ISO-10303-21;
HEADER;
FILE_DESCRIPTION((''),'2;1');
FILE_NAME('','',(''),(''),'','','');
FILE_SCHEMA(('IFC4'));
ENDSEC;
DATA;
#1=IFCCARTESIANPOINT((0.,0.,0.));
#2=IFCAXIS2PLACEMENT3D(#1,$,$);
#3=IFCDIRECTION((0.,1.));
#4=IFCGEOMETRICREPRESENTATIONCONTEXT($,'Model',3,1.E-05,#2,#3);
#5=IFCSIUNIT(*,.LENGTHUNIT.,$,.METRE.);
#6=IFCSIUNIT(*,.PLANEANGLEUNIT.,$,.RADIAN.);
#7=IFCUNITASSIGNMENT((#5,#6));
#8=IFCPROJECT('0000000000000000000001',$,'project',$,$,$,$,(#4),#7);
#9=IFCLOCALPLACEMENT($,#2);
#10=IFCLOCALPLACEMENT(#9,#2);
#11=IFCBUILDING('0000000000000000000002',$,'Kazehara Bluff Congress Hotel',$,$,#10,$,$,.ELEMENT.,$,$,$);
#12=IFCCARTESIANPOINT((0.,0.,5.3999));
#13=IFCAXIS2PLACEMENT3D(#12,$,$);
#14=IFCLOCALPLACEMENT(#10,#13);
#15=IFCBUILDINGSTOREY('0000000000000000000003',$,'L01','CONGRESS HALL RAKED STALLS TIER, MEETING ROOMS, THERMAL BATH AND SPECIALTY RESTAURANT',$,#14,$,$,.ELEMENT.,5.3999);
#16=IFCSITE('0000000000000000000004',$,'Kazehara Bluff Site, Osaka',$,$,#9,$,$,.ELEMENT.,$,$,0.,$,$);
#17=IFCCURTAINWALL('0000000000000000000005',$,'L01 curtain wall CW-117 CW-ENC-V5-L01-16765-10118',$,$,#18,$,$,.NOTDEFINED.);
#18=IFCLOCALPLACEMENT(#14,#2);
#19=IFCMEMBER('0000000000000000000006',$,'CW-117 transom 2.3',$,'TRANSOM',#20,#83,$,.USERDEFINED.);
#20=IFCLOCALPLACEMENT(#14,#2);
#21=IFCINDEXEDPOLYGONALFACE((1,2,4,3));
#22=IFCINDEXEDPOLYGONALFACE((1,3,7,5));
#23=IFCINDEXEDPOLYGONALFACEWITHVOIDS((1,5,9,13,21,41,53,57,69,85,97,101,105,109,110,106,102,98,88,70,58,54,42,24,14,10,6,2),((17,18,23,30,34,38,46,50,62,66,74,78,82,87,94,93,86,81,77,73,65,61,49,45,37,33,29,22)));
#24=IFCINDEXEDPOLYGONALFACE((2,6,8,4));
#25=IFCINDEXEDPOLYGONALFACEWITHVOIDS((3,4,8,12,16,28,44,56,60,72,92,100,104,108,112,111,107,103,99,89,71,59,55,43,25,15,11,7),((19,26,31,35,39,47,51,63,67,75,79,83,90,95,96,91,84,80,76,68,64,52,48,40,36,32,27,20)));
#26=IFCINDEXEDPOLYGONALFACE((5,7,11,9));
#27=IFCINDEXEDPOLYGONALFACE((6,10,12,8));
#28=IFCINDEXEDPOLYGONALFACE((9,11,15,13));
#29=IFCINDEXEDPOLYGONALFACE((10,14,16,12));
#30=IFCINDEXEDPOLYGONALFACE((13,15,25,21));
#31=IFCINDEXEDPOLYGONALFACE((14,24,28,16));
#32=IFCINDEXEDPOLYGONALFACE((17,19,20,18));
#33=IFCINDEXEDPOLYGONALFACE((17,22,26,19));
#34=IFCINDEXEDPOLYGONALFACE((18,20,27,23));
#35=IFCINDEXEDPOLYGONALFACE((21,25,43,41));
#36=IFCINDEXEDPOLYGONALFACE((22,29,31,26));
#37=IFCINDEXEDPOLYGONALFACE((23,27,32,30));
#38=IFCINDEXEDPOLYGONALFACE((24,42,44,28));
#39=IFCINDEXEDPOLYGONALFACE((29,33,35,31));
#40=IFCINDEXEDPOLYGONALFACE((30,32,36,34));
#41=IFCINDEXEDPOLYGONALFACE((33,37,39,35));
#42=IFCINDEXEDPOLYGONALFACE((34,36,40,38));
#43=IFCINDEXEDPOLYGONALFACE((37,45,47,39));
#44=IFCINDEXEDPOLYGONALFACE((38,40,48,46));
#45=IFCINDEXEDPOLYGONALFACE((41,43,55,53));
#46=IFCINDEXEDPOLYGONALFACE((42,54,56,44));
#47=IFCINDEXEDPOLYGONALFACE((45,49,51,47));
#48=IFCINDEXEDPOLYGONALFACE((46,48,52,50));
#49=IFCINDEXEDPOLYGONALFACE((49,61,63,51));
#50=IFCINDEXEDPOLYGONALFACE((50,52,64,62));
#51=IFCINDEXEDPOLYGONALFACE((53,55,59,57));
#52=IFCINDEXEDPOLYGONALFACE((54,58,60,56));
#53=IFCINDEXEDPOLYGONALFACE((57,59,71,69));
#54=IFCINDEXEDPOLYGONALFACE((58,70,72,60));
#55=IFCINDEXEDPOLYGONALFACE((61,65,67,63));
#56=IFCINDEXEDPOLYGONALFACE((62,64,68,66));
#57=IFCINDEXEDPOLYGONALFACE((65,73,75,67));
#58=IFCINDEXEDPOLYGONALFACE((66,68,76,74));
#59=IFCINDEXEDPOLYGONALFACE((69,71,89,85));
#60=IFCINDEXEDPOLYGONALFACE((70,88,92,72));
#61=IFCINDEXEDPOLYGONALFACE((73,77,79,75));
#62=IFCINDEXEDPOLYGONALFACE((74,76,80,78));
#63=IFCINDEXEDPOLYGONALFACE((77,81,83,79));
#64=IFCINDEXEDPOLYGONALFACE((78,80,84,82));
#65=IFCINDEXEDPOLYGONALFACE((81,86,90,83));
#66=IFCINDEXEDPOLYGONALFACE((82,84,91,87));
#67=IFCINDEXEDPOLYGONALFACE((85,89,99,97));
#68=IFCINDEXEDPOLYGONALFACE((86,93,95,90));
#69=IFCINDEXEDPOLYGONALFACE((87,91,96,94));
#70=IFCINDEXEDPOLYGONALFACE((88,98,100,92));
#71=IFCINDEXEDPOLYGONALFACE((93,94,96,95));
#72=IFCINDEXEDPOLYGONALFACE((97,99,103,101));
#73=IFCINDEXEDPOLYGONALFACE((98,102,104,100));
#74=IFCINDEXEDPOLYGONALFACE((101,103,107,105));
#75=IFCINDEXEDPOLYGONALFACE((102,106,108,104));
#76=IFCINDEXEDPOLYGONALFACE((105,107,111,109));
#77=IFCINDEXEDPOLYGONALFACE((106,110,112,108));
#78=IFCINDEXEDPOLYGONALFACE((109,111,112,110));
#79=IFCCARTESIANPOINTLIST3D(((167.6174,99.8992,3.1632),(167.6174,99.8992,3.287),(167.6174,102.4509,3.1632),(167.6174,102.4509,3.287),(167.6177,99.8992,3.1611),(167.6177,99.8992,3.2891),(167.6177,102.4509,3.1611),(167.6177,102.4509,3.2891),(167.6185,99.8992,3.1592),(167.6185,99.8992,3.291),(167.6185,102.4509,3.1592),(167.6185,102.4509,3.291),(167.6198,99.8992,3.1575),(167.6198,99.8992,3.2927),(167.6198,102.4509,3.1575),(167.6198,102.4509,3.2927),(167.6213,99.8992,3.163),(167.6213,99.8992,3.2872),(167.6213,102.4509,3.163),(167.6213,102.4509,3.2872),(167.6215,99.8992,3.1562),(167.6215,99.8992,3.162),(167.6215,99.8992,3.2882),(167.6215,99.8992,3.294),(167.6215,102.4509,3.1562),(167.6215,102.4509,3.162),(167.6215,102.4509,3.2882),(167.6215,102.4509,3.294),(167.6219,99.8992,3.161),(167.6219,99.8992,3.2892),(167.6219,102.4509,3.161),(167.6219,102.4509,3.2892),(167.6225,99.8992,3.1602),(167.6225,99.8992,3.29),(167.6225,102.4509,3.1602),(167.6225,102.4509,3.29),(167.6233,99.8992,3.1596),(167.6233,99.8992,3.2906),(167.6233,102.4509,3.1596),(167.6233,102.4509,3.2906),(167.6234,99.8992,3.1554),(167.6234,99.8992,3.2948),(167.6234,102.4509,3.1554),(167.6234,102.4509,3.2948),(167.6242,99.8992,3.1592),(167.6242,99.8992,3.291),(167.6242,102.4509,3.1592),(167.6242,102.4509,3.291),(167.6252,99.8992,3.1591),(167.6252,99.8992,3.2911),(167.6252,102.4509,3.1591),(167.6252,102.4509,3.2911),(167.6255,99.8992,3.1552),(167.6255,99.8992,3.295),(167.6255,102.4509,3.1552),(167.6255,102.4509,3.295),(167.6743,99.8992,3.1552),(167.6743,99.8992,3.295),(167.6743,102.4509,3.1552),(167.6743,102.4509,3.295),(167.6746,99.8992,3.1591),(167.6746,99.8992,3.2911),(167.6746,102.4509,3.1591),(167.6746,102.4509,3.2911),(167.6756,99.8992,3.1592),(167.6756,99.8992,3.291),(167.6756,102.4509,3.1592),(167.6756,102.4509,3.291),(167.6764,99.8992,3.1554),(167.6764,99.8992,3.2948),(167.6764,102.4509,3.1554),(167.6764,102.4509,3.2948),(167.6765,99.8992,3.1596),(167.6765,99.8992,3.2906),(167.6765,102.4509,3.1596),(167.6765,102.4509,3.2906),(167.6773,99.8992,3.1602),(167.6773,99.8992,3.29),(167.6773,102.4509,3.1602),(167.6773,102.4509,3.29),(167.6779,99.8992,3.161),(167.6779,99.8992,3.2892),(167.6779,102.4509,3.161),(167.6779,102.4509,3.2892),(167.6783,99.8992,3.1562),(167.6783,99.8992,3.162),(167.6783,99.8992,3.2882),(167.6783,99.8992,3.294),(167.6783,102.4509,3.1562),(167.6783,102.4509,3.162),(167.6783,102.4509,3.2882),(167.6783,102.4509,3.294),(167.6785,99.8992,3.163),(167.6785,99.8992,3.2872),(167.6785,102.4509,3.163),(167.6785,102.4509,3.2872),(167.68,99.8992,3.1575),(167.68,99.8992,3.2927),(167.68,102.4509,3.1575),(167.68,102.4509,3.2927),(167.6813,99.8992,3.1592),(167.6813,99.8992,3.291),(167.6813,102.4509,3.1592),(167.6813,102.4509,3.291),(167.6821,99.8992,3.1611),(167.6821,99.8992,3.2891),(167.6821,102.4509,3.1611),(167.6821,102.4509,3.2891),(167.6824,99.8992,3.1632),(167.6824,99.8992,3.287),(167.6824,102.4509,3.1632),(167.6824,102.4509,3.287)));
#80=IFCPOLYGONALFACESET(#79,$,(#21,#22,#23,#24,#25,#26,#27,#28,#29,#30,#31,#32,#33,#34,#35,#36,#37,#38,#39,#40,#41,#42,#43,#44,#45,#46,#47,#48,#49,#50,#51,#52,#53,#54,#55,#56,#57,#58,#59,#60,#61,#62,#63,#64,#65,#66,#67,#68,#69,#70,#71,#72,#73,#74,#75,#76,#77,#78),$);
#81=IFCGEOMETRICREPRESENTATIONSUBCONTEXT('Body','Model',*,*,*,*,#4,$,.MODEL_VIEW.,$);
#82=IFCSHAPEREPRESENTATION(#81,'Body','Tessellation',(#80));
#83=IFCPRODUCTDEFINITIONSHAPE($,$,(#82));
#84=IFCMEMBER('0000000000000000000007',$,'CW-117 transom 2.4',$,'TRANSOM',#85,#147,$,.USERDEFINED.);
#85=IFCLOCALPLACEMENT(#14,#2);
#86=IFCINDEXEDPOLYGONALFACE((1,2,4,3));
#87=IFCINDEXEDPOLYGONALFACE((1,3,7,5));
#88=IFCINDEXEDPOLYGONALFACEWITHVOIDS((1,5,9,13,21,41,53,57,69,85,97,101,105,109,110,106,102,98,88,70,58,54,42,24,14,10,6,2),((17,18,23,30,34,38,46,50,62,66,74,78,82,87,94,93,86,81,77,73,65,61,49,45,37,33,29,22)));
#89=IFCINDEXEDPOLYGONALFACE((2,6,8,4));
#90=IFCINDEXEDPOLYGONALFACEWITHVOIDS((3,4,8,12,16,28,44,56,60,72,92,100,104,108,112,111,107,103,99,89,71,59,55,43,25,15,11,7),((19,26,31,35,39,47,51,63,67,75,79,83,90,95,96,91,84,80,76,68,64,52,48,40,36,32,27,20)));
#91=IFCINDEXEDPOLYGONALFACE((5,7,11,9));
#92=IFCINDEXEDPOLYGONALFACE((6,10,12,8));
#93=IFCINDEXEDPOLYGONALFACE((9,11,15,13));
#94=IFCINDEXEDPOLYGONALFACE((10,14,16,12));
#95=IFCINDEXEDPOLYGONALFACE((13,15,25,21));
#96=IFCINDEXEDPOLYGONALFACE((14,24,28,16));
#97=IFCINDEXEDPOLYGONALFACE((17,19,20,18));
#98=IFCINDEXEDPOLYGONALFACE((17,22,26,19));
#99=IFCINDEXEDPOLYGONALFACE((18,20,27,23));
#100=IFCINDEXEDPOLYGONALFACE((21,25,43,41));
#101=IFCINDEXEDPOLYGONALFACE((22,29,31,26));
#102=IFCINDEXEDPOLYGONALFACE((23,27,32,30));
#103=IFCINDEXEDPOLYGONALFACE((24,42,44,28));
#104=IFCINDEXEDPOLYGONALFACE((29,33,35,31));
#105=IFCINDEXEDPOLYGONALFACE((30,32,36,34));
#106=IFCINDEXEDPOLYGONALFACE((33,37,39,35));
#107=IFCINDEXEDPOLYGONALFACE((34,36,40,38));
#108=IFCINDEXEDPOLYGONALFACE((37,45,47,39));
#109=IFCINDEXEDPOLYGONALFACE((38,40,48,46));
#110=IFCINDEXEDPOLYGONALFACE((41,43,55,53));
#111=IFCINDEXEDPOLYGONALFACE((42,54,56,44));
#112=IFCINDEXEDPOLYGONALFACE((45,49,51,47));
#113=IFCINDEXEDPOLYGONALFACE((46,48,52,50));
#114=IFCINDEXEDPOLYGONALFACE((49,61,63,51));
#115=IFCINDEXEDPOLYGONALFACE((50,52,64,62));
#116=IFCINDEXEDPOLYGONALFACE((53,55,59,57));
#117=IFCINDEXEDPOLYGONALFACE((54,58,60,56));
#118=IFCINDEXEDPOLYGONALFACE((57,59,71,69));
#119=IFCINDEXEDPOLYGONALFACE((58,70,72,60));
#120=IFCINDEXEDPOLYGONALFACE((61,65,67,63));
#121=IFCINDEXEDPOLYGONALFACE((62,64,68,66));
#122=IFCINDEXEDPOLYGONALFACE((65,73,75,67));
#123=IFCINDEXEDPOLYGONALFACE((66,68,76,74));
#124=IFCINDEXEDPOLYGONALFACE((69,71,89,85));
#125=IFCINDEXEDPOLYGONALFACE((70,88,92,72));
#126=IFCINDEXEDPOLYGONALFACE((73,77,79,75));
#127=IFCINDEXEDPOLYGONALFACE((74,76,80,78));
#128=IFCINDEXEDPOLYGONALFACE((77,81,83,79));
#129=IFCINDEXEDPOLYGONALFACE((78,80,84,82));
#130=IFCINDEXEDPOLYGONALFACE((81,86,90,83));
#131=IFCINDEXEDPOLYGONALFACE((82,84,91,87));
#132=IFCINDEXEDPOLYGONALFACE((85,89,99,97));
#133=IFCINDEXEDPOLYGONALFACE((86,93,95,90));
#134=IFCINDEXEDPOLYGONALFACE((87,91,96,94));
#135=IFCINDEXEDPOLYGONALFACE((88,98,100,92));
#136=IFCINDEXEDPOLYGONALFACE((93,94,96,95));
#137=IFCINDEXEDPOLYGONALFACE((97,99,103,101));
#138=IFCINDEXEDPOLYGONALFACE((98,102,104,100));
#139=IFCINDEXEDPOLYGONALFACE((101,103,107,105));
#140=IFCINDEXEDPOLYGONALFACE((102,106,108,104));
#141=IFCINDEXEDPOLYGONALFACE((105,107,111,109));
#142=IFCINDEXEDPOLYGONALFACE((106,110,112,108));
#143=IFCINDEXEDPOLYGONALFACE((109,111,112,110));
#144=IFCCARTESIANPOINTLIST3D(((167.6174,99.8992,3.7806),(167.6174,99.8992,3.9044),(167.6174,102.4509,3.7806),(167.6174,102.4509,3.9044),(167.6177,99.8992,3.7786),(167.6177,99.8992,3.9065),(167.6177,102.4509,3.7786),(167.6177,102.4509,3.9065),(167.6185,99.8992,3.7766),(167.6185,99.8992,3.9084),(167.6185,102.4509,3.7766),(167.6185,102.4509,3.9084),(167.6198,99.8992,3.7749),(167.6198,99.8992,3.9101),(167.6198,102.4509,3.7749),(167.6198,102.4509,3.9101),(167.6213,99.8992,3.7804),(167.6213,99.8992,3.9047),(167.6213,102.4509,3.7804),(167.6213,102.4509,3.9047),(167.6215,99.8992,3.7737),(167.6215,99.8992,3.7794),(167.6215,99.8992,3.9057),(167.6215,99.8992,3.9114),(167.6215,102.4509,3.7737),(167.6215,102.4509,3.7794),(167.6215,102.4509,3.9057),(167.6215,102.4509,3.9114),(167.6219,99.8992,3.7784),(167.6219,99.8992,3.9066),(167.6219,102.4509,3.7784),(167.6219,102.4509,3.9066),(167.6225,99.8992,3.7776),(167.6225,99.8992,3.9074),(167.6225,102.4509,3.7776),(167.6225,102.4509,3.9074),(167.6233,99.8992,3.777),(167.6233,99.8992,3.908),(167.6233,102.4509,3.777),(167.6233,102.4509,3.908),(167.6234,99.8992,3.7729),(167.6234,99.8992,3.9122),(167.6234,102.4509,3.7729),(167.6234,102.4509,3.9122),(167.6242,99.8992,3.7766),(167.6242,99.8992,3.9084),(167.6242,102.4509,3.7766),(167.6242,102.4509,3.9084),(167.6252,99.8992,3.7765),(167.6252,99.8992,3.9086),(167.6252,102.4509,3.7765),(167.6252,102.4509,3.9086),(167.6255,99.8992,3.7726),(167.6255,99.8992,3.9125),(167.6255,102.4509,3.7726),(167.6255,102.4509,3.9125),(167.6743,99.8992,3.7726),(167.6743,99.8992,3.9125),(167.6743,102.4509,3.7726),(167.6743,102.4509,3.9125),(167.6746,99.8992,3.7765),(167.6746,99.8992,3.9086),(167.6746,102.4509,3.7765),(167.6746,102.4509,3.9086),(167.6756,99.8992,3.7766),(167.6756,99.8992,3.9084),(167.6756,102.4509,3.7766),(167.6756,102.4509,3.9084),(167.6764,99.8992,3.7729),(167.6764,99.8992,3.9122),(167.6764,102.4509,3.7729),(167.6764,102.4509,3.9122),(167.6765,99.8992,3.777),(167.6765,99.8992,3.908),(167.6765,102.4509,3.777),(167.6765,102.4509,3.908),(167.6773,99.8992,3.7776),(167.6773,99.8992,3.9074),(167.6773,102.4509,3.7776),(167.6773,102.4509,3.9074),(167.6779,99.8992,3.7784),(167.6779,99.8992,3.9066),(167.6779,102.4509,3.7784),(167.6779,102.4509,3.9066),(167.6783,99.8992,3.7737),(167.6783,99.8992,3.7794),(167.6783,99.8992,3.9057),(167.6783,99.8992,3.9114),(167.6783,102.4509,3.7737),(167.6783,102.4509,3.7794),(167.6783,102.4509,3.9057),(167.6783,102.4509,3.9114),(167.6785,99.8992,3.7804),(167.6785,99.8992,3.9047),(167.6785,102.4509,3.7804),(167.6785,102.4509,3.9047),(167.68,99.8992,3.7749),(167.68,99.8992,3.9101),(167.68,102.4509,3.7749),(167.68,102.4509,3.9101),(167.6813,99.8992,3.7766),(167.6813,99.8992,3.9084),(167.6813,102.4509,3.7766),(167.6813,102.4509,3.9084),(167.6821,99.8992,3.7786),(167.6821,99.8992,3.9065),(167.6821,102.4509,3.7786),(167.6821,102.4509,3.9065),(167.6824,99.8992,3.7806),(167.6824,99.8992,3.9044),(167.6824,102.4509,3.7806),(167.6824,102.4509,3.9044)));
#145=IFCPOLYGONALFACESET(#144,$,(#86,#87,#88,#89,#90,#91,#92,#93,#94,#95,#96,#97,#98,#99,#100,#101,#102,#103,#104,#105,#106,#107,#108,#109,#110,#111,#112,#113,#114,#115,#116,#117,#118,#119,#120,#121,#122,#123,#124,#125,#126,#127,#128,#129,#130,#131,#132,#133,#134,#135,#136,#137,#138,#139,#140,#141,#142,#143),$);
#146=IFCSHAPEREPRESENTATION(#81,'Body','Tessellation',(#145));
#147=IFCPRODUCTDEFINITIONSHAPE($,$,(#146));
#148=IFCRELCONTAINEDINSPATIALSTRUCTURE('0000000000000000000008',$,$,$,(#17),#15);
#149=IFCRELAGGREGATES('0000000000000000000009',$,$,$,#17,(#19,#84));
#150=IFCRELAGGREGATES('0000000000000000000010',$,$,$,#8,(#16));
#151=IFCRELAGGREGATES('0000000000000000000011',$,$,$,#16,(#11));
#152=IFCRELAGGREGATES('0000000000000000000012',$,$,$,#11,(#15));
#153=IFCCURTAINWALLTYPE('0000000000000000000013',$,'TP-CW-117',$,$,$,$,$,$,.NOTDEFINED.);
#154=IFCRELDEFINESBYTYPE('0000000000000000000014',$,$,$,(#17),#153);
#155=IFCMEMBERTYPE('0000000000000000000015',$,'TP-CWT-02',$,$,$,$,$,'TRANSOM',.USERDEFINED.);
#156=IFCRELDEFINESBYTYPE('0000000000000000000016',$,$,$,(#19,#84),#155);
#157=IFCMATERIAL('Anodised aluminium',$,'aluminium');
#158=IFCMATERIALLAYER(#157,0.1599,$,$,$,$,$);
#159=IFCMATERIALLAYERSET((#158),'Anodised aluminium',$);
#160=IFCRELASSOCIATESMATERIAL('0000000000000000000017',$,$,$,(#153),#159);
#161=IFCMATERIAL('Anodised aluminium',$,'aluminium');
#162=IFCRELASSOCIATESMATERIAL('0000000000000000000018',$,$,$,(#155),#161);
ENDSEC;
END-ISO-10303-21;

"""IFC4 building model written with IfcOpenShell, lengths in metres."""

from ifc_helpers import new_model, si_unit, direction, frame, origin, origin_2d, place, context, subcontext, project, spatial, hollow_rectangle, extrude, material, layer, layer_set, material_profile, profile_set, type_object, element, aggregate, save


model = new_model("IFC4")

# Units and contexts
model_context = context("Model", 3, precision=1e-05, world=origin(), true_north=direction((0.0, 1.0)))
body_context = subcontext(model_context, "Body", "Model", "MODEL_VIEW")
ifc_project = project(units=[si_unit("LENGTHUNIT", "METRE"), si_unit("PLANEANGLEUNIT", "RADIAN")], contexts=[model_context])

# Site, building, storey
site_placement = place(None, origin())
site = spatial("IfcSite", under=ifc_project, at=site_placement, Name="Kazehara Bluff Site, Osaka", CompositionType="ELEMENT", RefElevation=0.0)
building_placement = place(site_placement, origin())
building = spatial("IfcBuilding", under=site, at=building_placement, Name="Kazehara Bluff Congress Hotel", CompositionType="ELEMENT")
storey_placement = place(building_placement, frame((0.0, 0.0, 5.3999)))
storey = spatial("IfcBuildingStorey", under=building, at=storey_placement, Name="L01", Description="CONGRESS HALL RAKED STALLS TIER, MEETING ROOMS, THERMAL BATH AND SPECIALTY RESTAURANT", CompositionType="ELEMENT", Elevation=5.3999)

# Curtain wall
ifc_material_1 = material(Name="Anodised aluminium", Category="aluminium")
ifc_layer_1 = layer(ifc_material_1, 0.1599)
ifc_layer_set_1 = layer_set([ifc_layer_1], Name="Anodised aluminium")
curtain_wall_type_1 = type_object("IfcCurtainWallType", Name="TP-CW-117", PredefinedType="NOTDEFINED", material=ifc_layer_set_1)
curtain_wall_1_placement = place(storey_placement, origin())
curtain_wall_1 = element("IfcCurtainWall", 1, at=curtain_wall_1_placement, inside=storey, type_object=curtain_wall_type_1, Name="L01 curtain wall CW-117 CW-ENC-V5-L01-16765-10118", PredefinedType="NOTDEFINED")

# Members
ifc_material_2 = material(Name="Anodised aluminium", Category="aluminium")
ifc_material_profile_1 = material_profile(ifc_material_2, hollow_rectangle(XDim=0.0649, YDim=0.1399, WallThickness=0.0039, InnerFilletRadius=0.0039, OuterFilletRadius=0.0081, at=origin_2d()))
ifc_profile_set_1 = profile_set([ifc_material_profile_1], Name="Anodised aluminium")
member_type_1 = type_object("IfcMemberType", Name="TP-CWT-02", ElementType="TRANSOM", PredefinedType="USERDEFINED", material=ifc_profile_set_1)
member_1_placement = place(storey_placement, frame((167.6499, 102.4509, 3.2251), z_axis=(0.0, -1.0, 0.0), x_axis=(1.0, 0.0, 0.0)))
member_1 = element("IfcMember", 2, at=member_1_placement, type_object=member_type_1, Name="CW-117 transom 2.3", ObjectType="TRANSOM", PredefinedType="USERDEFINED", context=body_context, shape_type="SweptSolid", body=[
    extrude(hollow_rectangle(XDim=0.0649, YDim=0.1399, WallThickness=0.0039, InnerFilletRadius=0.0039, OuterFilletRadius=0.0081, at=origin_2d()), origin(), (0.0, 0.0, 1.0), 2.5518),
])
member_2_placement = place(storey_placement, frame((167.6499, 102.4509, 3.8425), z_axis=(0.0, -1.0, 0.0), x_axis=(1.0, 0.0, 0.0)))
member_2 = element("IfcMember", 3, at=member_2_placement, type_object=member_type_1, Name="CW-117 transom 2.4", ObjectType="TRANSOM", PredefinedType="USERDEFINED", context=body_context, shape_type="SweptSolid", body=[
    extrude(hollow_rectangle(XDim=0.0649, YDim=0.1399, WallThickness=0.0039, InnerFilletRadius=0.0039, OuterFilletRadius=0.0081, at=origin_2d()), origin(), (0.0, 0.0, 1.0), 2.5518),
])

aggregate(curtain_wall_1, [member_1, member_2])

save(model, "model.ifc")
